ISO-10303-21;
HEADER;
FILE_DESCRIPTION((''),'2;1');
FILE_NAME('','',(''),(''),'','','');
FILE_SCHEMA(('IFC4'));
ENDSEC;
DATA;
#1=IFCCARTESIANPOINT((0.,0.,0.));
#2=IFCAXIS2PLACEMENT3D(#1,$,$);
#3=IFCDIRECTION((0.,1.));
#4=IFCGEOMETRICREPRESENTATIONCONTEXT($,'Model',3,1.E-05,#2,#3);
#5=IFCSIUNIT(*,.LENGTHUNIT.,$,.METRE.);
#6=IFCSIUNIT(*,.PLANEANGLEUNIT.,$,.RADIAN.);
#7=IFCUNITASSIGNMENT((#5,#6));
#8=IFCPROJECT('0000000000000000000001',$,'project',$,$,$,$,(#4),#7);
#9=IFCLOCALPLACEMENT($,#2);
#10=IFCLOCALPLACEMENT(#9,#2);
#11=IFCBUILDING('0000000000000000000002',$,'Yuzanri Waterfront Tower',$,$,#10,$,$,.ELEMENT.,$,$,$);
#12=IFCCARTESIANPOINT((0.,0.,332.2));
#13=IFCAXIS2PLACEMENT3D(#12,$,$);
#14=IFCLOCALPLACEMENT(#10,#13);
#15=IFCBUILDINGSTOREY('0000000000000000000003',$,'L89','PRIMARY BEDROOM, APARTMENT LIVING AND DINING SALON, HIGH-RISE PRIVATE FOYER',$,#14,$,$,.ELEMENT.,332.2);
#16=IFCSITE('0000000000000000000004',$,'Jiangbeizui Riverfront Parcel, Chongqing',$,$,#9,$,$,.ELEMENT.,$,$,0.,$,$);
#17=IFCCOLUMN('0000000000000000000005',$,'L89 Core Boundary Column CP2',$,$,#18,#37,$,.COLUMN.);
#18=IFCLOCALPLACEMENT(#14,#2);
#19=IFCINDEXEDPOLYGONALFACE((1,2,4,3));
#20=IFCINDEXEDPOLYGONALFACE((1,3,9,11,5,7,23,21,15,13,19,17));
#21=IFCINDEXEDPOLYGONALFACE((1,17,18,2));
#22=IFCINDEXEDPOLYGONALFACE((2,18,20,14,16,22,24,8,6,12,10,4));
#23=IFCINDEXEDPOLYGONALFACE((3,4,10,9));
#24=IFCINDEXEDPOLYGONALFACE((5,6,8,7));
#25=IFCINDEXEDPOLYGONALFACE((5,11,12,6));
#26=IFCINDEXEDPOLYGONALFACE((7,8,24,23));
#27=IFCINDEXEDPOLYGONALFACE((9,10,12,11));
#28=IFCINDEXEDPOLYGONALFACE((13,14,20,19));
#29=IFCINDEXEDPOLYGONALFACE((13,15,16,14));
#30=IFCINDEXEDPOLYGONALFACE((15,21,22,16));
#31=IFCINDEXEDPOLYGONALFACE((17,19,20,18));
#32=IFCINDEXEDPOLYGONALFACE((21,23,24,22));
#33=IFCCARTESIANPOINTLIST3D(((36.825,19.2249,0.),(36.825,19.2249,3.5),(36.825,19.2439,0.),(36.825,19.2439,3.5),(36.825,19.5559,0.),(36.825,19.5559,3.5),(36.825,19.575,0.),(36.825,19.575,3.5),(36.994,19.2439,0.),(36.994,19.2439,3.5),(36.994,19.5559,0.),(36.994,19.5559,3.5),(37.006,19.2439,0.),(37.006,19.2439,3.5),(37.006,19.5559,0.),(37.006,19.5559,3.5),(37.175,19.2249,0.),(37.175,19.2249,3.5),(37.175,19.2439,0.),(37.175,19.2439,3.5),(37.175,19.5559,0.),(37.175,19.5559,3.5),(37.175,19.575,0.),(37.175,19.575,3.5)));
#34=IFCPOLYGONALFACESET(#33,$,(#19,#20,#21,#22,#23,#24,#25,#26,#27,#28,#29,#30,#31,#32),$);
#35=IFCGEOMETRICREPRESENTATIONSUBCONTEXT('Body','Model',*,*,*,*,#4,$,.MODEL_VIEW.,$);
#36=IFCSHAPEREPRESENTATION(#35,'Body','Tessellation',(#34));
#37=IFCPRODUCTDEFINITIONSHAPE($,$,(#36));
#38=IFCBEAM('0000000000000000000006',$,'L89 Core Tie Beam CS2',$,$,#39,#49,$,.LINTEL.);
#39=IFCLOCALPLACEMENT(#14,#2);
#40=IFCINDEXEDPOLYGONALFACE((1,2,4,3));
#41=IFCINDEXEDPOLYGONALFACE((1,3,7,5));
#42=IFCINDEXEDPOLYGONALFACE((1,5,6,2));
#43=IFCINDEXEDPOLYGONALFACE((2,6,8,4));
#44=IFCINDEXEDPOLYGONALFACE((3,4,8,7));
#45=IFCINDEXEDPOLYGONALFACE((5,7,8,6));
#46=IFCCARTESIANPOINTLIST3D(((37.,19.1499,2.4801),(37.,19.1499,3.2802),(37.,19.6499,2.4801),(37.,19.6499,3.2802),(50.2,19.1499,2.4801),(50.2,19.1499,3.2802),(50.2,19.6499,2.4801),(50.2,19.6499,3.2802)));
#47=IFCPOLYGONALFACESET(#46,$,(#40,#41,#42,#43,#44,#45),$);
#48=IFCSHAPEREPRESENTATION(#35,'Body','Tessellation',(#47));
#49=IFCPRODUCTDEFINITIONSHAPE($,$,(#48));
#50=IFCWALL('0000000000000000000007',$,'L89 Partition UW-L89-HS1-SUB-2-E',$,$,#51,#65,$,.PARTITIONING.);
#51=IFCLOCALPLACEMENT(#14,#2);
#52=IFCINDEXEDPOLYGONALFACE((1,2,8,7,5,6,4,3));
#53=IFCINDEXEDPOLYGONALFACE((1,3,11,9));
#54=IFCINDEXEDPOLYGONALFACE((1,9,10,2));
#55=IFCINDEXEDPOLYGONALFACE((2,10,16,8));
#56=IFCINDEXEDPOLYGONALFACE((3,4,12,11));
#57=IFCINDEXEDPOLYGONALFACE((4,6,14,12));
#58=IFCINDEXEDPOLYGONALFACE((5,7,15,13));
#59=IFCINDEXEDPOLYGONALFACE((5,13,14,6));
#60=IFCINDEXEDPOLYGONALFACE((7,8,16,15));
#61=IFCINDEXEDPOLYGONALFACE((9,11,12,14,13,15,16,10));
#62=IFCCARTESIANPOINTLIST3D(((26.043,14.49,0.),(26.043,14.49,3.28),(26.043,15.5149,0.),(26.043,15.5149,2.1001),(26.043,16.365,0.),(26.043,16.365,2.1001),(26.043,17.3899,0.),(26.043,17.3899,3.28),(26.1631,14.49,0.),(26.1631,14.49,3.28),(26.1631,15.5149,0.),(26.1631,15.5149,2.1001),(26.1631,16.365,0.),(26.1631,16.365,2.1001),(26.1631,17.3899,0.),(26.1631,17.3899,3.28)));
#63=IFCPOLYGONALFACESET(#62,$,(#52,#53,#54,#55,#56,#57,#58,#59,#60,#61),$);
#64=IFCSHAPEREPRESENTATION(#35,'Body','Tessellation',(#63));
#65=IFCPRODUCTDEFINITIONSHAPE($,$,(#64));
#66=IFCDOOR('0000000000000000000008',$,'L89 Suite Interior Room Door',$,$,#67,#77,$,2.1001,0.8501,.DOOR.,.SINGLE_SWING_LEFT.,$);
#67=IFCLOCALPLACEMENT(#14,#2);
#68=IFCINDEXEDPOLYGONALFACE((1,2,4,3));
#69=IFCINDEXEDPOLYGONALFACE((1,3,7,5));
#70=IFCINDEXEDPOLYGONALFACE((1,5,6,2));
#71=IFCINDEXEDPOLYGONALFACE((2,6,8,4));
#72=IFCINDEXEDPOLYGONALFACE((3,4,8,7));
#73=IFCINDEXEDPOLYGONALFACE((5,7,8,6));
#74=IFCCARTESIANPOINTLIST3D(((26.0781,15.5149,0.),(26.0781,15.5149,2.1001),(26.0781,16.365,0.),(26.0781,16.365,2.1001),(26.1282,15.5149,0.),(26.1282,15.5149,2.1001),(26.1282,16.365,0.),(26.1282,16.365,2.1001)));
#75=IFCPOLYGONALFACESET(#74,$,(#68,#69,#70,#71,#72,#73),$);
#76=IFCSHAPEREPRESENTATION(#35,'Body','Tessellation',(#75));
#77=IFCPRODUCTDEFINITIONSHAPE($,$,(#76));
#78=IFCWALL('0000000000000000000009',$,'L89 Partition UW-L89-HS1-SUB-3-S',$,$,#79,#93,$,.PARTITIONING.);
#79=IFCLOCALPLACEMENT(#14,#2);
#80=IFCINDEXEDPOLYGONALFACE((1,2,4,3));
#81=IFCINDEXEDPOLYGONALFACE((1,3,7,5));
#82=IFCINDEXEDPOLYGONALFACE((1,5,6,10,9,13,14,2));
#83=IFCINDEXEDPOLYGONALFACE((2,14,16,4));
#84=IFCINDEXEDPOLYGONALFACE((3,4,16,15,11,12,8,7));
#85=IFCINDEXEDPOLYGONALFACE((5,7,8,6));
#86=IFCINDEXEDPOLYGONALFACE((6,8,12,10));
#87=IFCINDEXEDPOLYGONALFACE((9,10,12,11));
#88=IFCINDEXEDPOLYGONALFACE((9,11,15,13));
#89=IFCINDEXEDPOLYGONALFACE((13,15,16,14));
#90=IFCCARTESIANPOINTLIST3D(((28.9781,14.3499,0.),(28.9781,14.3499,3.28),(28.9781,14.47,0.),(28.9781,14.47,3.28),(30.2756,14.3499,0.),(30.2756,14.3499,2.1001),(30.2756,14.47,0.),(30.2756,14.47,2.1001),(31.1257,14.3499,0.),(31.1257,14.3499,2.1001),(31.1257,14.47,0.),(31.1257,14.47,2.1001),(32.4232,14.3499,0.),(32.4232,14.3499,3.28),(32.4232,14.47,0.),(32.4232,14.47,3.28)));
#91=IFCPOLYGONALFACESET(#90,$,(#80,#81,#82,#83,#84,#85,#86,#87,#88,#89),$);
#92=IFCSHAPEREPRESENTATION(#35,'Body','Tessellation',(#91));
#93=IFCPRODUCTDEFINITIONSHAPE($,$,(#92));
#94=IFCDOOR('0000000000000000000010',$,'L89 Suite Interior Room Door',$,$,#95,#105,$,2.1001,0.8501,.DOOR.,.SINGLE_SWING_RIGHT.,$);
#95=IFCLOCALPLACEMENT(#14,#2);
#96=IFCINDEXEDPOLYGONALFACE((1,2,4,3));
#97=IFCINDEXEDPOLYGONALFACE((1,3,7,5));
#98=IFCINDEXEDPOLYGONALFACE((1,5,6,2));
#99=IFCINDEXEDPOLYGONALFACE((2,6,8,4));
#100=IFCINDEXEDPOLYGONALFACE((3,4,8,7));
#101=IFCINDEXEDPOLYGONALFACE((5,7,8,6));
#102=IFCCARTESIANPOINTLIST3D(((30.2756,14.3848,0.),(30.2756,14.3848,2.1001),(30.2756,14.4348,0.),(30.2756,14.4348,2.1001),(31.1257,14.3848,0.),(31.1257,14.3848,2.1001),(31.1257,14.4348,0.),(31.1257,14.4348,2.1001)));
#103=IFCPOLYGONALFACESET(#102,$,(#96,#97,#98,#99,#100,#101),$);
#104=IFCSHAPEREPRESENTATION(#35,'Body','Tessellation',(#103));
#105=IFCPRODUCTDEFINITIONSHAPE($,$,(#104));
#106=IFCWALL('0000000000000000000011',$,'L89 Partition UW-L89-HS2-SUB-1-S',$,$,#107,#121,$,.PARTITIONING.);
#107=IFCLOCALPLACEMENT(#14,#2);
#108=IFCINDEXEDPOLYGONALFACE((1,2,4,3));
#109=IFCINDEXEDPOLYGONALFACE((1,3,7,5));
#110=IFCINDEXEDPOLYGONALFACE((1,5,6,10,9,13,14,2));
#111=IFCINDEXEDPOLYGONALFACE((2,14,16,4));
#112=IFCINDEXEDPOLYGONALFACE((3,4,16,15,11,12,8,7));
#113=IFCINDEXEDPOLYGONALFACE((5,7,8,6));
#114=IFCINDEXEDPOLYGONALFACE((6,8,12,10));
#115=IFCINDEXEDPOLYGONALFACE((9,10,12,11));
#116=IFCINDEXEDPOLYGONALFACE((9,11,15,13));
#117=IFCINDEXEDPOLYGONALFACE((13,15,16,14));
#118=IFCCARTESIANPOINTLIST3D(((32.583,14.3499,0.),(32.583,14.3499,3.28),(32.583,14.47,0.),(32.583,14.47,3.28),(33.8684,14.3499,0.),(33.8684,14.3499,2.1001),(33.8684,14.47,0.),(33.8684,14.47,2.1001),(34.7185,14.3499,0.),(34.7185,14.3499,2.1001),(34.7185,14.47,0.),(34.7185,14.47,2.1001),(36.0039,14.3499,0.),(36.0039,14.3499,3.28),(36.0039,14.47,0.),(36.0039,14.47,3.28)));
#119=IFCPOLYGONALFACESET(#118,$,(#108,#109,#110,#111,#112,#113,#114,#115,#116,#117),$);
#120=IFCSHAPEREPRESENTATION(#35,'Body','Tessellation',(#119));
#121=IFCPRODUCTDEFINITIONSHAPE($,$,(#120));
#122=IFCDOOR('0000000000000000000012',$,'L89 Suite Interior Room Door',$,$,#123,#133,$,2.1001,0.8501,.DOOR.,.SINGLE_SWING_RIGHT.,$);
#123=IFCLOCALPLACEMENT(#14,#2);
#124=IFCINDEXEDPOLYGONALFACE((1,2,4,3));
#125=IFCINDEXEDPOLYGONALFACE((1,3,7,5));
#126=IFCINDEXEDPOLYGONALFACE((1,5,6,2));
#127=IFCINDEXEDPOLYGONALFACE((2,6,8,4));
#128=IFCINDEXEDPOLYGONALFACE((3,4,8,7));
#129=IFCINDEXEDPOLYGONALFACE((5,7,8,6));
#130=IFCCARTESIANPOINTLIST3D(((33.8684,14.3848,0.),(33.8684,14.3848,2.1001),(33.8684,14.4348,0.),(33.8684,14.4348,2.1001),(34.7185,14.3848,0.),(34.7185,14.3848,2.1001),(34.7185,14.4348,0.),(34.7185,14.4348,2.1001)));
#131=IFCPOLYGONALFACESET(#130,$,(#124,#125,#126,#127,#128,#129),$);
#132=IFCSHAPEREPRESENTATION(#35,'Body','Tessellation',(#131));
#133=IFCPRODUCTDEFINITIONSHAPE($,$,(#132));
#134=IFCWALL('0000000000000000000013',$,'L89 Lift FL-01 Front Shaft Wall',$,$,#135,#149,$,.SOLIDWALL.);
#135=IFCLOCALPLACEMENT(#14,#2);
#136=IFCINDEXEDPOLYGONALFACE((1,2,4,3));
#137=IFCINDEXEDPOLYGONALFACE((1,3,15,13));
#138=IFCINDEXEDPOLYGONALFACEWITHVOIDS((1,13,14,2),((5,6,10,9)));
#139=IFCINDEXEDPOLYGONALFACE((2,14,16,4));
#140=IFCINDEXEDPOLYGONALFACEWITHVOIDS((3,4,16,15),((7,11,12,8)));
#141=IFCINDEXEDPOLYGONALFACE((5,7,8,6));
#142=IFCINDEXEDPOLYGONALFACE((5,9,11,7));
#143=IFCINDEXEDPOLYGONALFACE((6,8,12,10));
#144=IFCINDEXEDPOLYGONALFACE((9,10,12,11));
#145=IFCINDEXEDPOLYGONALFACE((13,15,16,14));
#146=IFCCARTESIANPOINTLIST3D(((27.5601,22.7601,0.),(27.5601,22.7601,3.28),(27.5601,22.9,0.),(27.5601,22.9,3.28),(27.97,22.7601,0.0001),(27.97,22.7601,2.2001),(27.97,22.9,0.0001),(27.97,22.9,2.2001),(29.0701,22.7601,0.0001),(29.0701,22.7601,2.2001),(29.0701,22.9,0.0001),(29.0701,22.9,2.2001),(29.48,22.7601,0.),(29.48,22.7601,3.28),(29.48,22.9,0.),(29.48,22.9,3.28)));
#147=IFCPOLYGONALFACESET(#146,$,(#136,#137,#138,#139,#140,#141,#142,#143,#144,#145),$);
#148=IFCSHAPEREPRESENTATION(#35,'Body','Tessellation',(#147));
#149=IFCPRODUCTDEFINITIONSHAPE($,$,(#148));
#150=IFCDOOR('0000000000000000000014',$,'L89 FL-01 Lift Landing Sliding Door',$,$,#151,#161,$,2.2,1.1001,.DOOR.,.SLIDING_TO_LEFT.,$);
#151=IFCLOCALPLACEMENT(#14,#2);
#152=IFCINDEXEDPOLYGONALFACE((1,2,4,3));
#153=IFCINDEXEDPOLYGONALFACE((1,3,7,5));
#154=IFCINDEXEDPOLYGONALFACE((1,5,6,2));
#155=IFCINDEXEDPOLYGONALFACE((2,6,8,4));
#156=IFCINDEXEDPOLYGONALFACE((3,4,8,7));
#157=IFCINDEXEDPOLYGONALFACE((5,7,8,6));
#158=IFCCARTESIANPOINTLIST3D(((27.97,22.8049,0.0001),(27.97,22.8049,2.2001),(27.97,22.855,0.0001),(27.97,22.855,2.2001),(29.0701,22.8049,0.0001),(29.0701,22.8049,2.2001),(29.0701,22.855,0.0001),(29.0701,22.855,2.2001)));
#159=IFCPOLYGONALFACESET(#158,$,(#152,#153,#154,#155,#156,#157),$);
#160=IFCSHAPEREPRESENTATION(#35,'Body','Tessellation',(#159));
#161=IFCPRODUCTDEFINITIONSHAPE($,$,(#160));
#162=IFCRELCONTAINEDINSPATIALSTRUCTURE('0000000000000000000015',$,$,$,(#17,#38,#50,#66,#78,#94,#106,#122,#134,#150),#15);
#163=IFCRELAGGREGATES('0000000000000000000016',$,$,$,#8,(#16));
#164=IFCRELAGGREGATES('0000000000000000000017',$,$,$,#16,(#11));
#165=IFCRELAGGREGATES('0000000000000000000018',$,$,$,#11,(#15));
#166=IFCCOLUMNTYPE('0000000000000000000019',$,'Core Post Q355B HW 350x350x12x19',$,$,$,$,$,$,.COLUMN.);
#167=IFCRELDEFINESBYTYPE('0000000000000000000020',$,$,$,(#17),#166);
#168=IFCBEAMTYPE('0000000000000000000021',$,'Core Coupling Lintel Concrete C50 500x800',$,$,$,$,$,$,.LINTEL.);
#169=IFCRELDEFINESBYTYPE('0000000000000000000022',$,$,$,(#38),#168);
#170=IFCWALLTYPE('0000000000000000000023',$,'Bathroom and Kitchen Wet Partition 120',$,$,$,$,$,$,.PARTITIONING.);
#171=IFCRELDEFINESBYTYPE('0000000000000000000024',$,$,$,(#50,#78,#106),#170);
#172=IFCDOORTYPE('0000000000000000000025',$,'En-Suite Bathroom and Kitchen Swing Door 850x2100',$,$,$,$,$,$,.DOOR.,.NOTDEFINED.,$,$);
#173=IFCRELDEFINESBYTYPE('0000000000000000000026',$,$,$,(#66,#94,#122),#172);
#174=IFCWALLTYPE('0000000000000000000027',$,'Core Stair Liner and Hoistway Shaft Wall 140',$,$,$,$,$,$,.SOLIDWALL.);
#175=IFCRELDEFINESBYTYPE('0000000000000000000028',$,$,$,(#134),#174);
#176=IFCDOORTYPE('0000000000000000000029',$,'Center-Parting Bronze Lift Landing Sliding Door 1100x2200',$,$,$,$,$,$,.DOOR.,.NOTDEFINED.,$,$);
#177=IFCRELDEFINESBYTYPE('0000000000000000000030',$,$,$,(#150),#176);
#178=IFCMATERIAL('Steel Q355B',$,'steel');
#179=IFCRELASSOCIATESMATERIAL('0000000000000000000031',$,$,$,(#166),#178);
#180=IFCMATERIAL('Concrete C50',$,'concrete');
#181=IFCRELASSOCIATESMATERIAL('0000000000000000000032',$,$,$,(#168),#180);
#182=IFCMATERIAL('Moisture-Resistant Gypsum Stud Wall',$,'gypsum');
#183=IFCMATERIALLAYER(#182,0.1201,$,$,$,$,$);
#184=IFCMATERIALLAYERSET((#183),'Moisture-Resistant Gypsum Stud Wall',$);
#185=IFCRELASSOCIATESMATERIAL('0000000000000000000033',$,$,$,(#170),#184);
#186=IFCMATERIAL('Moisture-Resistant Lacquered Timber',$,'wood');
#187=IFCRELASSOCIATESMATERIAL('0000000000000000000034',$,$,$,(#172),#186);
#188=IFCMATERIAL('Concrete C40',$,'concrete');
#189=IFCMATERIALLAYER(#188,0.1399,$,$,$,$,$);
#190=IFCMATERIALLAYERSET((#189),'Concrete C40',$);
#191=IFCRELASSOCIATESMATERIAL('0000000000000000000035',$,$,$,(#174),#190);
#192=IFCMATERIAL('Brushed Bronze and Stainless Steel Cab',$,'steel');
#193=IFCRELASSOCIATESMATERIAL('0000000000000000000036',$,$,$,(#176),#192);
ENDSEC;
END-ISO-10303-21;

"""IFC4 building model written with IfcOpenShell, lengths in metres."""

from ifc_helpers import new_model, si_unit, direction, frame, frame_2d, origin, origin_2d, place, context, subcontext, project, spatial, rectangle, i_section, extrude, source, transform, mapped, material, layer, layer_set, material_profile, profile_set, type_object, element, fill, save


model = new_model("IFC4")

# Units and contexts
model_context = context("Model", 3, precision=1e-05, world=origin(), true_north=direction((0.0, 1.0)))
body_context = subcontext(model_context, "Body", "Model", "MODEL_VIEW")
ifc_project = project(units=[si_unit("LENGTHUNIT", "METRE"), si_unit("PLANEANGLEUNIT", "RADIAN")], contexts=[model_context])

# Site, building, storey
site_placement = place(None, origin())
site = spatial("IfcSite", under=ifc_project, at=site_placement, Name="Jiangbeizui Riverfront Parcel, Chongqing", CompositionType="ELEMENT", RefElevation=0.0)
building_placement = place(site_placement, origin())
building = spatial("IfcBuilding", under=site, at=building_placement, Name="Yuzanri Waterfront Tower", CompositionType="ELEMENT")
storey_placement = place(building_placement, frame((0.0, 0.0, 332.2)))
storey = spatial("IfcBuildingStorey", under=building, at=storey_placement, Name="L89", Description="PRIMARY BEDROOM, APARTMENT LIVING AND DINING SALON, HIGH-RISE PRIVATE FOYER", CompositionType="ELEMENT", Elevation=332.2)

# Column
ifc_material_1 = material(Name="Steel Q355B", Category="steel")
ifc_material_profile_1 = material_profile(ifc_material_1, i_section(OverallWidth=0.3501, OverallDepth=0.3501, WebThickness=0.012, FlangeThickness=0.019, at=origin_2d()), Name="HW 350x350x12x19")
ifc_profile_set_1 = profile_set([ifc_material_profile_1], Name="Steel Q355B")
column_type = type_object("IfcColumnType", Name="Core Post Q355B HW 350x350x12x19", PredefinedType="COLUMN", material=ifc_profile_set_1)
shared_shape_1 = source(origin(), body_context, "Body", "SweptSolid", [
    extrude(i_section(OverallWidth=0.3501, OverallDepth=0.3501, WebThickness=0.012, FlangeThickness=0.019, at=origin_2d()), origin(), (0.0, 0.0, 1.0), 3.5),
])
column_placement = place(storey_placement, frame((37.0, 19.3999, 0.0), z_axis=(0.0, 0.0, 1.0), x_axis=(1.0, 0.0, 0.0)))
element("IfcColumn", 1, at=column_placement, inside=storey, type_object=column_type, Name="L89 Core Boundary Column CP2", PredefinedType="COLUMN", context=body_context, shape_type="MappedRepresentation", body=[
    mapped(shared_shape_1, transform((0.0, 0.0, 0.0), scale=1.0)),
])

# Beam
ifc_material_2 = material(Name="Concrete C50", Category="concrete")
ifc_material_profile_2 = material_profile(ifc_material_2, rectangle(XDim=0.5, YDim=0.8, at=origin_2d()), Name="RC 500x800")
ifc_profile_set_2 = profile_set([ifc_material_profile_2], Name="Concrete C50")
beam_type = type_object("IfcBeamType", Name="Core Coupling Lintel Concrete C50 500x800", PredefinedType="LINTEL", material=ifc_profile_set_2)
shared_shape_2 = source(origin(), body_context, "Body", "SweptSolid", [
    extrude(rectangle(XDim=0.5, YDim=0.8, at=origin_2d()), origin(), (0.0, 0.0, 1.0), 13.2),
])
beam_placement = place(storey_placement, frame((37.0, 19.3999, 2.8801), z_axis=(1.0, 0.0, 0.0), x_axis=(0.0, 1.0, 0.0)))
element("IfcBeam", 2, at=beam_placement, inside=storey, type_object=beam_type, Name="L89 Core Tie Beam CS2", PredefinedType="LINTEL", context=body_context, shape_type="MappedRepresentation", body=[
    mapped(shared_shape_2, transform((0.0, 0.0, 0.0), scale=1.0)),
])

# Walls, openings, doors
ifc_material_3 = material(Name="Moisture-Resistant Gypsum Stud Wall", Category="gypsum")
ifc_layer_1 = layer(ifc_material_3, 0.1201)
ifc_layer_set_1 = layer_set([ifc_layer_1], Name="Moisture-Resistant Gypsum Stud Wall")
wall_type_1 = type_object("IfcWallType", Name="Bathroom and Kitchen Wet Partition 120", PredefinedType="PARTITIONING", material=ifc_layer_set_1)
wall_1_placement = place(storey_placement, frame((26.103, 14.49, 0.0), z_axis=(0.0, 0.0, 1.0), x_axis=(0.0, 1.0, 0.0)))
wall_1 = element("IfcWall", 3, at=wall_1_placement, inside=storey, type_object=wall_type_1, Name="L89 Partition UW-L89-HS1-SUB-2-E", PredefinedType="PARTITIONING", context=body_context, shape_type="SweptSolid", body=[
    extrude(rectangle(XDim=2.8999, YDim=0.1201, at=frame_2d((1.45, 0.0))), origin(), (0.0, 0.0, 1.0), 3.28),
])
opening_1_placement = place(wall_1_placement, frame((1.0249, 0.0, 0.0)))
opening_1 = element("IfcOpeningElement", 4, at=opening_1_placement, cuts=wall_1, PredefinedType="OPENING", context=body_context, shape_type="SweptSolid", body=[
    extrude(rectangle(XDim=0.8501, YDim=2.1001, at=frame_2d((0.425, 1.05))), frame((0.0, 0.075, 0.0), z_axis=(0.0, -1.0, 0.0), x_axis=(1.0, 0.0, 0.0)), (0.0, 0.0, 1.0), 0.1499),
])
ifc_material_4 = material(Name="Moisture-Resistant Lacquered Timber", Category="wood")
door_type_1 = type_object("IfcDoorType", Name="En-Suite Bathroom and Kitchen Swing Door 850x2100", OperationType="NOTDEFINED", PredefinedType="DOOR", material=ifc_material_4)
shared_shape_3 = source(origin(), body_context, "Body", "SweptSolid", [
    extrude(rectangle(XDim=0.8501, YDim=2.1001, at=frame_2d((0.425, 1.05))), frame((0.0, 0.0249, 0.0), z_axis=(0.0, -1.0, 0.0), x_axis=(1.0, 0.0, 0.0)), (0.0, 0.0, 1.0), 0.05),
])
door_1_placement = place(opening_1_placement, origin())
door_1 = element("IfcDoor", 5, at=door_1_placement, inside=storey, type_object=door_type_1, Name="L89 Suite Interior Room Door", OperationType="SINGLE_SWING_LEFT", OverallHeight=2.1001, OverallWidth=0.8501, PredefinedType="DOOR", context=body_context, shape_type="MappedRepresentation", body=[
    mapped(shared_shape_3, transform((0.0, 0.0, 0.0), scale=1.0)),
])
fill(opening_1, door_1)
wall_2_placement = place(storey_placement, frame((28.978, 14.4099, 0.0), z_axis=(0.0, 0.0, 1.0), x_axis=(1.0, 0.0, 0.0)))
wall_2 = element("IfcWall", 6, at=wall_2_placement, inside=storey, type_object=wall_type_1, Name="L89 Partition UW-L89-HS1-SUB-3-S", PredefinedType="PARTITIONING", context=body_context, shape_type="SweptSolid", body=[
    extrude(rectangle(XDim=3.4451, YDim=0.1201, at=frame_2d((1.7227, 0.0))), origin(), (0.0, 0.0, 1.0), 3.28),
])
opening_2_placement = place(wall_2_placement, frame((1.2976, 0.0, 0.0)))
opening_2 = element("IfcOpeningElement", 7, at=opening_2_placement, cuts=wall_2, PredefinedType="OPENING", context=body_context, shape_type="SweptSolid", body=[
    extrude(rectangle(XDim=0.8501, YDim=2.1001, at=frame_2d((0.425, 1.05))), frame((0.0, 0.075, 0.0), z_axis=(0.0, -1.0, 0.0), x_axis=(1.0, 0.0, 0.0)), (0.0, 0.0, 1.0), 0.1499),
])
door_2_placement = place(opening_2_placement, origin())
door_2 = element("IfcDoor", 8, at=door_2_placement, inside=storey, type_object=door_type_1, Name="L89 Suite Interior Room Door", OperationType="SINGLE_SWING_RIGHT", OverallHeight=2.1001, OverallWidth=0.8501, PredefinedType="DOOR", context=body_context, shape_type="MappedRepresentation", body=[
    mapped(shared_shape_3, transform((0.0, 0.0, 0.0), scale=1.0)),
])
fill(opening_2, door_2)
wall_3_placement = place(storey_placement, frame((32.583, 14.4099, 0.0), z_axis=(0.0, 0.0, 1.0), x_axis=(1.0, 0.0, 0.0)))
wall_3 = element("IfcWall", 9, at=wall_3_placement, inside=storey, type_object=wall_type_1, Name="L89 Partition UW-L89-HS2-SUB-1-S", PredefinedType="PARTITIONING", context=body_context, shape_type="SweptSolid", body=[
    extrude(rectangle(XDim=3.4209, YDim=0.1201, at=frame_2d((1.7104, 0.0))), origin(), (0.0, 0.0, 1.0), 3.28),
])
opening_3_placement = place(wall_3_placement, frame((1.2854, 0.0, 0.0)))
opening_3 = element("IfcOpeningElement", 10, at=opening_3_placement, cuts=wall_3, PredefinedType="OPENING", context=body_context, shape_type="SweptSolid", body=[
    extrude(rectangle(XDim=0.8501, YDim=2.1001, at=frame_2d((0.425, 1.05))), frame((0.0, 0.075, 0.0), z_axis=(0.0, -1.0, 0.0), x_axis=(1.0, 0.0, 0.0)), (0.0, 0.0, 1.0), 0.1499),
])
door_3_placement = place(opening_3_placement, origin())
door_3 = element("IfcDoor", 11, at=door_3_placement, inside=storey, type_object=door_type_1, Name="L89 Suite Interior Room Door", OperationType="SINGLE_SWING_RIGHT", OverallHeight=2.1001, OverallWidth=0.8501, PredefinedType="DOOR", context=body_context, shape_type="MappedRepresentation", body=[
    mapped(shared_shape_3, transform((0.0, 0.0, 0.0), scale=1.0)),
])
fill(opening_3, door_3)
ifc_material_5 = material(Name="Concrete C40", Category="concrete")
ifc_layer_2 = layer(ifc_material_5, 0.1399)
ifc_layer_set_2 = layer_set([ifc_layer_2], Name="Concrete C40")
wall_type_2 = type_object("IfcWallType", Name="Core Stair Liner and Hoistway Shaft Wall 140", PredefinedType="SOLIDWALL", material=ifc_layer_set_2)
wall_4_placement = place(storey_placement, frame((27.5601, 22.8301, 0.0), z_axis=(0.0, 0.0, 1.0), x_axis=(1.0, 0.0, 0.0)))
wall_4 = element("IfcWall", 12, at=wall_4_placement, inside=storey, type_object=wall_type_2, Name="L89 Lift FL-01 Front Shaft Wall", PredefinedType="SOLIDWALL", context=body_context, shape_type="SweptSolid", body=[
    extrude(rectangle(XDim=1.9199, YDim=0.1399, at=frame_2d((0.96, 0.0))), origin(), (0.0, 0.0, 1.0), 3.28),
])
opening_4_placement = place(wall_4_placement, frame((0.4099, 0.0, 0.0)))
opening_4 = element("IfcOpeningElement", 13, at=opening_4_placement, cuts=wall_4, PredefinedType="OPENING", context=body_context, shape_type="SweptSolid", body=[
    extrude(rectangle(XDim=1.1001, YDim=2.2, at=frame_2d((0.55, 1.1001))), frame((0.0, 0.085, 0.0), z_axis=(0.0, -1.0, 0.0), x_axis=(1.0, 0.0, 0.0)), (0.0, 0.0, 1.0), 0.1697),
])
ifc_material_6 = material(Name="Brushed Bronze and Stainless Steel Cab", Category="steel")
door_type_2 = type_object("IfcDoorType", Name="Center-Parting Bronze Lift Landing Sliding Door 1100x2200", OperationType="NOTDEFINED", PredefinedType="DOOR", material=ifc_material_6)
shared_shape_4 = source(origin(), body_context, "Body", "SweptSolid", [
    extrude(rectangle(XDim=1.1001, YDim=2.2, at=frame_2d((0.55, 1.1001))), frame((0.0, 0.0249, 0.0), z_axis=(0.0, -1.0, 0.0), x_axis=(1.0, 0.0, 0.0)), (0.0, 0.0, 1.0), 0.05),
])
door_4_placement = place(opening_4_placement, origin())
door_4 = element("IfcDoor", 14, at=door_4_placement, inside=storey, type_object=door_type_2, Name="L89 FL-01 Lift Landing Sliding Door", OperationType="SLIDING_TO_LEFT", OverallHeight=2.2, OverallWidth=1.1001, PredefinedType="DOOR", context=body_context, shape_type="MappedRepresentation", body=[
    mapped(shared_shape_4, transform((0.0, 0.0, 0.0), scale=1.0)),
])
fill(opening_4, door_4)

save(model, "model.ifc")
